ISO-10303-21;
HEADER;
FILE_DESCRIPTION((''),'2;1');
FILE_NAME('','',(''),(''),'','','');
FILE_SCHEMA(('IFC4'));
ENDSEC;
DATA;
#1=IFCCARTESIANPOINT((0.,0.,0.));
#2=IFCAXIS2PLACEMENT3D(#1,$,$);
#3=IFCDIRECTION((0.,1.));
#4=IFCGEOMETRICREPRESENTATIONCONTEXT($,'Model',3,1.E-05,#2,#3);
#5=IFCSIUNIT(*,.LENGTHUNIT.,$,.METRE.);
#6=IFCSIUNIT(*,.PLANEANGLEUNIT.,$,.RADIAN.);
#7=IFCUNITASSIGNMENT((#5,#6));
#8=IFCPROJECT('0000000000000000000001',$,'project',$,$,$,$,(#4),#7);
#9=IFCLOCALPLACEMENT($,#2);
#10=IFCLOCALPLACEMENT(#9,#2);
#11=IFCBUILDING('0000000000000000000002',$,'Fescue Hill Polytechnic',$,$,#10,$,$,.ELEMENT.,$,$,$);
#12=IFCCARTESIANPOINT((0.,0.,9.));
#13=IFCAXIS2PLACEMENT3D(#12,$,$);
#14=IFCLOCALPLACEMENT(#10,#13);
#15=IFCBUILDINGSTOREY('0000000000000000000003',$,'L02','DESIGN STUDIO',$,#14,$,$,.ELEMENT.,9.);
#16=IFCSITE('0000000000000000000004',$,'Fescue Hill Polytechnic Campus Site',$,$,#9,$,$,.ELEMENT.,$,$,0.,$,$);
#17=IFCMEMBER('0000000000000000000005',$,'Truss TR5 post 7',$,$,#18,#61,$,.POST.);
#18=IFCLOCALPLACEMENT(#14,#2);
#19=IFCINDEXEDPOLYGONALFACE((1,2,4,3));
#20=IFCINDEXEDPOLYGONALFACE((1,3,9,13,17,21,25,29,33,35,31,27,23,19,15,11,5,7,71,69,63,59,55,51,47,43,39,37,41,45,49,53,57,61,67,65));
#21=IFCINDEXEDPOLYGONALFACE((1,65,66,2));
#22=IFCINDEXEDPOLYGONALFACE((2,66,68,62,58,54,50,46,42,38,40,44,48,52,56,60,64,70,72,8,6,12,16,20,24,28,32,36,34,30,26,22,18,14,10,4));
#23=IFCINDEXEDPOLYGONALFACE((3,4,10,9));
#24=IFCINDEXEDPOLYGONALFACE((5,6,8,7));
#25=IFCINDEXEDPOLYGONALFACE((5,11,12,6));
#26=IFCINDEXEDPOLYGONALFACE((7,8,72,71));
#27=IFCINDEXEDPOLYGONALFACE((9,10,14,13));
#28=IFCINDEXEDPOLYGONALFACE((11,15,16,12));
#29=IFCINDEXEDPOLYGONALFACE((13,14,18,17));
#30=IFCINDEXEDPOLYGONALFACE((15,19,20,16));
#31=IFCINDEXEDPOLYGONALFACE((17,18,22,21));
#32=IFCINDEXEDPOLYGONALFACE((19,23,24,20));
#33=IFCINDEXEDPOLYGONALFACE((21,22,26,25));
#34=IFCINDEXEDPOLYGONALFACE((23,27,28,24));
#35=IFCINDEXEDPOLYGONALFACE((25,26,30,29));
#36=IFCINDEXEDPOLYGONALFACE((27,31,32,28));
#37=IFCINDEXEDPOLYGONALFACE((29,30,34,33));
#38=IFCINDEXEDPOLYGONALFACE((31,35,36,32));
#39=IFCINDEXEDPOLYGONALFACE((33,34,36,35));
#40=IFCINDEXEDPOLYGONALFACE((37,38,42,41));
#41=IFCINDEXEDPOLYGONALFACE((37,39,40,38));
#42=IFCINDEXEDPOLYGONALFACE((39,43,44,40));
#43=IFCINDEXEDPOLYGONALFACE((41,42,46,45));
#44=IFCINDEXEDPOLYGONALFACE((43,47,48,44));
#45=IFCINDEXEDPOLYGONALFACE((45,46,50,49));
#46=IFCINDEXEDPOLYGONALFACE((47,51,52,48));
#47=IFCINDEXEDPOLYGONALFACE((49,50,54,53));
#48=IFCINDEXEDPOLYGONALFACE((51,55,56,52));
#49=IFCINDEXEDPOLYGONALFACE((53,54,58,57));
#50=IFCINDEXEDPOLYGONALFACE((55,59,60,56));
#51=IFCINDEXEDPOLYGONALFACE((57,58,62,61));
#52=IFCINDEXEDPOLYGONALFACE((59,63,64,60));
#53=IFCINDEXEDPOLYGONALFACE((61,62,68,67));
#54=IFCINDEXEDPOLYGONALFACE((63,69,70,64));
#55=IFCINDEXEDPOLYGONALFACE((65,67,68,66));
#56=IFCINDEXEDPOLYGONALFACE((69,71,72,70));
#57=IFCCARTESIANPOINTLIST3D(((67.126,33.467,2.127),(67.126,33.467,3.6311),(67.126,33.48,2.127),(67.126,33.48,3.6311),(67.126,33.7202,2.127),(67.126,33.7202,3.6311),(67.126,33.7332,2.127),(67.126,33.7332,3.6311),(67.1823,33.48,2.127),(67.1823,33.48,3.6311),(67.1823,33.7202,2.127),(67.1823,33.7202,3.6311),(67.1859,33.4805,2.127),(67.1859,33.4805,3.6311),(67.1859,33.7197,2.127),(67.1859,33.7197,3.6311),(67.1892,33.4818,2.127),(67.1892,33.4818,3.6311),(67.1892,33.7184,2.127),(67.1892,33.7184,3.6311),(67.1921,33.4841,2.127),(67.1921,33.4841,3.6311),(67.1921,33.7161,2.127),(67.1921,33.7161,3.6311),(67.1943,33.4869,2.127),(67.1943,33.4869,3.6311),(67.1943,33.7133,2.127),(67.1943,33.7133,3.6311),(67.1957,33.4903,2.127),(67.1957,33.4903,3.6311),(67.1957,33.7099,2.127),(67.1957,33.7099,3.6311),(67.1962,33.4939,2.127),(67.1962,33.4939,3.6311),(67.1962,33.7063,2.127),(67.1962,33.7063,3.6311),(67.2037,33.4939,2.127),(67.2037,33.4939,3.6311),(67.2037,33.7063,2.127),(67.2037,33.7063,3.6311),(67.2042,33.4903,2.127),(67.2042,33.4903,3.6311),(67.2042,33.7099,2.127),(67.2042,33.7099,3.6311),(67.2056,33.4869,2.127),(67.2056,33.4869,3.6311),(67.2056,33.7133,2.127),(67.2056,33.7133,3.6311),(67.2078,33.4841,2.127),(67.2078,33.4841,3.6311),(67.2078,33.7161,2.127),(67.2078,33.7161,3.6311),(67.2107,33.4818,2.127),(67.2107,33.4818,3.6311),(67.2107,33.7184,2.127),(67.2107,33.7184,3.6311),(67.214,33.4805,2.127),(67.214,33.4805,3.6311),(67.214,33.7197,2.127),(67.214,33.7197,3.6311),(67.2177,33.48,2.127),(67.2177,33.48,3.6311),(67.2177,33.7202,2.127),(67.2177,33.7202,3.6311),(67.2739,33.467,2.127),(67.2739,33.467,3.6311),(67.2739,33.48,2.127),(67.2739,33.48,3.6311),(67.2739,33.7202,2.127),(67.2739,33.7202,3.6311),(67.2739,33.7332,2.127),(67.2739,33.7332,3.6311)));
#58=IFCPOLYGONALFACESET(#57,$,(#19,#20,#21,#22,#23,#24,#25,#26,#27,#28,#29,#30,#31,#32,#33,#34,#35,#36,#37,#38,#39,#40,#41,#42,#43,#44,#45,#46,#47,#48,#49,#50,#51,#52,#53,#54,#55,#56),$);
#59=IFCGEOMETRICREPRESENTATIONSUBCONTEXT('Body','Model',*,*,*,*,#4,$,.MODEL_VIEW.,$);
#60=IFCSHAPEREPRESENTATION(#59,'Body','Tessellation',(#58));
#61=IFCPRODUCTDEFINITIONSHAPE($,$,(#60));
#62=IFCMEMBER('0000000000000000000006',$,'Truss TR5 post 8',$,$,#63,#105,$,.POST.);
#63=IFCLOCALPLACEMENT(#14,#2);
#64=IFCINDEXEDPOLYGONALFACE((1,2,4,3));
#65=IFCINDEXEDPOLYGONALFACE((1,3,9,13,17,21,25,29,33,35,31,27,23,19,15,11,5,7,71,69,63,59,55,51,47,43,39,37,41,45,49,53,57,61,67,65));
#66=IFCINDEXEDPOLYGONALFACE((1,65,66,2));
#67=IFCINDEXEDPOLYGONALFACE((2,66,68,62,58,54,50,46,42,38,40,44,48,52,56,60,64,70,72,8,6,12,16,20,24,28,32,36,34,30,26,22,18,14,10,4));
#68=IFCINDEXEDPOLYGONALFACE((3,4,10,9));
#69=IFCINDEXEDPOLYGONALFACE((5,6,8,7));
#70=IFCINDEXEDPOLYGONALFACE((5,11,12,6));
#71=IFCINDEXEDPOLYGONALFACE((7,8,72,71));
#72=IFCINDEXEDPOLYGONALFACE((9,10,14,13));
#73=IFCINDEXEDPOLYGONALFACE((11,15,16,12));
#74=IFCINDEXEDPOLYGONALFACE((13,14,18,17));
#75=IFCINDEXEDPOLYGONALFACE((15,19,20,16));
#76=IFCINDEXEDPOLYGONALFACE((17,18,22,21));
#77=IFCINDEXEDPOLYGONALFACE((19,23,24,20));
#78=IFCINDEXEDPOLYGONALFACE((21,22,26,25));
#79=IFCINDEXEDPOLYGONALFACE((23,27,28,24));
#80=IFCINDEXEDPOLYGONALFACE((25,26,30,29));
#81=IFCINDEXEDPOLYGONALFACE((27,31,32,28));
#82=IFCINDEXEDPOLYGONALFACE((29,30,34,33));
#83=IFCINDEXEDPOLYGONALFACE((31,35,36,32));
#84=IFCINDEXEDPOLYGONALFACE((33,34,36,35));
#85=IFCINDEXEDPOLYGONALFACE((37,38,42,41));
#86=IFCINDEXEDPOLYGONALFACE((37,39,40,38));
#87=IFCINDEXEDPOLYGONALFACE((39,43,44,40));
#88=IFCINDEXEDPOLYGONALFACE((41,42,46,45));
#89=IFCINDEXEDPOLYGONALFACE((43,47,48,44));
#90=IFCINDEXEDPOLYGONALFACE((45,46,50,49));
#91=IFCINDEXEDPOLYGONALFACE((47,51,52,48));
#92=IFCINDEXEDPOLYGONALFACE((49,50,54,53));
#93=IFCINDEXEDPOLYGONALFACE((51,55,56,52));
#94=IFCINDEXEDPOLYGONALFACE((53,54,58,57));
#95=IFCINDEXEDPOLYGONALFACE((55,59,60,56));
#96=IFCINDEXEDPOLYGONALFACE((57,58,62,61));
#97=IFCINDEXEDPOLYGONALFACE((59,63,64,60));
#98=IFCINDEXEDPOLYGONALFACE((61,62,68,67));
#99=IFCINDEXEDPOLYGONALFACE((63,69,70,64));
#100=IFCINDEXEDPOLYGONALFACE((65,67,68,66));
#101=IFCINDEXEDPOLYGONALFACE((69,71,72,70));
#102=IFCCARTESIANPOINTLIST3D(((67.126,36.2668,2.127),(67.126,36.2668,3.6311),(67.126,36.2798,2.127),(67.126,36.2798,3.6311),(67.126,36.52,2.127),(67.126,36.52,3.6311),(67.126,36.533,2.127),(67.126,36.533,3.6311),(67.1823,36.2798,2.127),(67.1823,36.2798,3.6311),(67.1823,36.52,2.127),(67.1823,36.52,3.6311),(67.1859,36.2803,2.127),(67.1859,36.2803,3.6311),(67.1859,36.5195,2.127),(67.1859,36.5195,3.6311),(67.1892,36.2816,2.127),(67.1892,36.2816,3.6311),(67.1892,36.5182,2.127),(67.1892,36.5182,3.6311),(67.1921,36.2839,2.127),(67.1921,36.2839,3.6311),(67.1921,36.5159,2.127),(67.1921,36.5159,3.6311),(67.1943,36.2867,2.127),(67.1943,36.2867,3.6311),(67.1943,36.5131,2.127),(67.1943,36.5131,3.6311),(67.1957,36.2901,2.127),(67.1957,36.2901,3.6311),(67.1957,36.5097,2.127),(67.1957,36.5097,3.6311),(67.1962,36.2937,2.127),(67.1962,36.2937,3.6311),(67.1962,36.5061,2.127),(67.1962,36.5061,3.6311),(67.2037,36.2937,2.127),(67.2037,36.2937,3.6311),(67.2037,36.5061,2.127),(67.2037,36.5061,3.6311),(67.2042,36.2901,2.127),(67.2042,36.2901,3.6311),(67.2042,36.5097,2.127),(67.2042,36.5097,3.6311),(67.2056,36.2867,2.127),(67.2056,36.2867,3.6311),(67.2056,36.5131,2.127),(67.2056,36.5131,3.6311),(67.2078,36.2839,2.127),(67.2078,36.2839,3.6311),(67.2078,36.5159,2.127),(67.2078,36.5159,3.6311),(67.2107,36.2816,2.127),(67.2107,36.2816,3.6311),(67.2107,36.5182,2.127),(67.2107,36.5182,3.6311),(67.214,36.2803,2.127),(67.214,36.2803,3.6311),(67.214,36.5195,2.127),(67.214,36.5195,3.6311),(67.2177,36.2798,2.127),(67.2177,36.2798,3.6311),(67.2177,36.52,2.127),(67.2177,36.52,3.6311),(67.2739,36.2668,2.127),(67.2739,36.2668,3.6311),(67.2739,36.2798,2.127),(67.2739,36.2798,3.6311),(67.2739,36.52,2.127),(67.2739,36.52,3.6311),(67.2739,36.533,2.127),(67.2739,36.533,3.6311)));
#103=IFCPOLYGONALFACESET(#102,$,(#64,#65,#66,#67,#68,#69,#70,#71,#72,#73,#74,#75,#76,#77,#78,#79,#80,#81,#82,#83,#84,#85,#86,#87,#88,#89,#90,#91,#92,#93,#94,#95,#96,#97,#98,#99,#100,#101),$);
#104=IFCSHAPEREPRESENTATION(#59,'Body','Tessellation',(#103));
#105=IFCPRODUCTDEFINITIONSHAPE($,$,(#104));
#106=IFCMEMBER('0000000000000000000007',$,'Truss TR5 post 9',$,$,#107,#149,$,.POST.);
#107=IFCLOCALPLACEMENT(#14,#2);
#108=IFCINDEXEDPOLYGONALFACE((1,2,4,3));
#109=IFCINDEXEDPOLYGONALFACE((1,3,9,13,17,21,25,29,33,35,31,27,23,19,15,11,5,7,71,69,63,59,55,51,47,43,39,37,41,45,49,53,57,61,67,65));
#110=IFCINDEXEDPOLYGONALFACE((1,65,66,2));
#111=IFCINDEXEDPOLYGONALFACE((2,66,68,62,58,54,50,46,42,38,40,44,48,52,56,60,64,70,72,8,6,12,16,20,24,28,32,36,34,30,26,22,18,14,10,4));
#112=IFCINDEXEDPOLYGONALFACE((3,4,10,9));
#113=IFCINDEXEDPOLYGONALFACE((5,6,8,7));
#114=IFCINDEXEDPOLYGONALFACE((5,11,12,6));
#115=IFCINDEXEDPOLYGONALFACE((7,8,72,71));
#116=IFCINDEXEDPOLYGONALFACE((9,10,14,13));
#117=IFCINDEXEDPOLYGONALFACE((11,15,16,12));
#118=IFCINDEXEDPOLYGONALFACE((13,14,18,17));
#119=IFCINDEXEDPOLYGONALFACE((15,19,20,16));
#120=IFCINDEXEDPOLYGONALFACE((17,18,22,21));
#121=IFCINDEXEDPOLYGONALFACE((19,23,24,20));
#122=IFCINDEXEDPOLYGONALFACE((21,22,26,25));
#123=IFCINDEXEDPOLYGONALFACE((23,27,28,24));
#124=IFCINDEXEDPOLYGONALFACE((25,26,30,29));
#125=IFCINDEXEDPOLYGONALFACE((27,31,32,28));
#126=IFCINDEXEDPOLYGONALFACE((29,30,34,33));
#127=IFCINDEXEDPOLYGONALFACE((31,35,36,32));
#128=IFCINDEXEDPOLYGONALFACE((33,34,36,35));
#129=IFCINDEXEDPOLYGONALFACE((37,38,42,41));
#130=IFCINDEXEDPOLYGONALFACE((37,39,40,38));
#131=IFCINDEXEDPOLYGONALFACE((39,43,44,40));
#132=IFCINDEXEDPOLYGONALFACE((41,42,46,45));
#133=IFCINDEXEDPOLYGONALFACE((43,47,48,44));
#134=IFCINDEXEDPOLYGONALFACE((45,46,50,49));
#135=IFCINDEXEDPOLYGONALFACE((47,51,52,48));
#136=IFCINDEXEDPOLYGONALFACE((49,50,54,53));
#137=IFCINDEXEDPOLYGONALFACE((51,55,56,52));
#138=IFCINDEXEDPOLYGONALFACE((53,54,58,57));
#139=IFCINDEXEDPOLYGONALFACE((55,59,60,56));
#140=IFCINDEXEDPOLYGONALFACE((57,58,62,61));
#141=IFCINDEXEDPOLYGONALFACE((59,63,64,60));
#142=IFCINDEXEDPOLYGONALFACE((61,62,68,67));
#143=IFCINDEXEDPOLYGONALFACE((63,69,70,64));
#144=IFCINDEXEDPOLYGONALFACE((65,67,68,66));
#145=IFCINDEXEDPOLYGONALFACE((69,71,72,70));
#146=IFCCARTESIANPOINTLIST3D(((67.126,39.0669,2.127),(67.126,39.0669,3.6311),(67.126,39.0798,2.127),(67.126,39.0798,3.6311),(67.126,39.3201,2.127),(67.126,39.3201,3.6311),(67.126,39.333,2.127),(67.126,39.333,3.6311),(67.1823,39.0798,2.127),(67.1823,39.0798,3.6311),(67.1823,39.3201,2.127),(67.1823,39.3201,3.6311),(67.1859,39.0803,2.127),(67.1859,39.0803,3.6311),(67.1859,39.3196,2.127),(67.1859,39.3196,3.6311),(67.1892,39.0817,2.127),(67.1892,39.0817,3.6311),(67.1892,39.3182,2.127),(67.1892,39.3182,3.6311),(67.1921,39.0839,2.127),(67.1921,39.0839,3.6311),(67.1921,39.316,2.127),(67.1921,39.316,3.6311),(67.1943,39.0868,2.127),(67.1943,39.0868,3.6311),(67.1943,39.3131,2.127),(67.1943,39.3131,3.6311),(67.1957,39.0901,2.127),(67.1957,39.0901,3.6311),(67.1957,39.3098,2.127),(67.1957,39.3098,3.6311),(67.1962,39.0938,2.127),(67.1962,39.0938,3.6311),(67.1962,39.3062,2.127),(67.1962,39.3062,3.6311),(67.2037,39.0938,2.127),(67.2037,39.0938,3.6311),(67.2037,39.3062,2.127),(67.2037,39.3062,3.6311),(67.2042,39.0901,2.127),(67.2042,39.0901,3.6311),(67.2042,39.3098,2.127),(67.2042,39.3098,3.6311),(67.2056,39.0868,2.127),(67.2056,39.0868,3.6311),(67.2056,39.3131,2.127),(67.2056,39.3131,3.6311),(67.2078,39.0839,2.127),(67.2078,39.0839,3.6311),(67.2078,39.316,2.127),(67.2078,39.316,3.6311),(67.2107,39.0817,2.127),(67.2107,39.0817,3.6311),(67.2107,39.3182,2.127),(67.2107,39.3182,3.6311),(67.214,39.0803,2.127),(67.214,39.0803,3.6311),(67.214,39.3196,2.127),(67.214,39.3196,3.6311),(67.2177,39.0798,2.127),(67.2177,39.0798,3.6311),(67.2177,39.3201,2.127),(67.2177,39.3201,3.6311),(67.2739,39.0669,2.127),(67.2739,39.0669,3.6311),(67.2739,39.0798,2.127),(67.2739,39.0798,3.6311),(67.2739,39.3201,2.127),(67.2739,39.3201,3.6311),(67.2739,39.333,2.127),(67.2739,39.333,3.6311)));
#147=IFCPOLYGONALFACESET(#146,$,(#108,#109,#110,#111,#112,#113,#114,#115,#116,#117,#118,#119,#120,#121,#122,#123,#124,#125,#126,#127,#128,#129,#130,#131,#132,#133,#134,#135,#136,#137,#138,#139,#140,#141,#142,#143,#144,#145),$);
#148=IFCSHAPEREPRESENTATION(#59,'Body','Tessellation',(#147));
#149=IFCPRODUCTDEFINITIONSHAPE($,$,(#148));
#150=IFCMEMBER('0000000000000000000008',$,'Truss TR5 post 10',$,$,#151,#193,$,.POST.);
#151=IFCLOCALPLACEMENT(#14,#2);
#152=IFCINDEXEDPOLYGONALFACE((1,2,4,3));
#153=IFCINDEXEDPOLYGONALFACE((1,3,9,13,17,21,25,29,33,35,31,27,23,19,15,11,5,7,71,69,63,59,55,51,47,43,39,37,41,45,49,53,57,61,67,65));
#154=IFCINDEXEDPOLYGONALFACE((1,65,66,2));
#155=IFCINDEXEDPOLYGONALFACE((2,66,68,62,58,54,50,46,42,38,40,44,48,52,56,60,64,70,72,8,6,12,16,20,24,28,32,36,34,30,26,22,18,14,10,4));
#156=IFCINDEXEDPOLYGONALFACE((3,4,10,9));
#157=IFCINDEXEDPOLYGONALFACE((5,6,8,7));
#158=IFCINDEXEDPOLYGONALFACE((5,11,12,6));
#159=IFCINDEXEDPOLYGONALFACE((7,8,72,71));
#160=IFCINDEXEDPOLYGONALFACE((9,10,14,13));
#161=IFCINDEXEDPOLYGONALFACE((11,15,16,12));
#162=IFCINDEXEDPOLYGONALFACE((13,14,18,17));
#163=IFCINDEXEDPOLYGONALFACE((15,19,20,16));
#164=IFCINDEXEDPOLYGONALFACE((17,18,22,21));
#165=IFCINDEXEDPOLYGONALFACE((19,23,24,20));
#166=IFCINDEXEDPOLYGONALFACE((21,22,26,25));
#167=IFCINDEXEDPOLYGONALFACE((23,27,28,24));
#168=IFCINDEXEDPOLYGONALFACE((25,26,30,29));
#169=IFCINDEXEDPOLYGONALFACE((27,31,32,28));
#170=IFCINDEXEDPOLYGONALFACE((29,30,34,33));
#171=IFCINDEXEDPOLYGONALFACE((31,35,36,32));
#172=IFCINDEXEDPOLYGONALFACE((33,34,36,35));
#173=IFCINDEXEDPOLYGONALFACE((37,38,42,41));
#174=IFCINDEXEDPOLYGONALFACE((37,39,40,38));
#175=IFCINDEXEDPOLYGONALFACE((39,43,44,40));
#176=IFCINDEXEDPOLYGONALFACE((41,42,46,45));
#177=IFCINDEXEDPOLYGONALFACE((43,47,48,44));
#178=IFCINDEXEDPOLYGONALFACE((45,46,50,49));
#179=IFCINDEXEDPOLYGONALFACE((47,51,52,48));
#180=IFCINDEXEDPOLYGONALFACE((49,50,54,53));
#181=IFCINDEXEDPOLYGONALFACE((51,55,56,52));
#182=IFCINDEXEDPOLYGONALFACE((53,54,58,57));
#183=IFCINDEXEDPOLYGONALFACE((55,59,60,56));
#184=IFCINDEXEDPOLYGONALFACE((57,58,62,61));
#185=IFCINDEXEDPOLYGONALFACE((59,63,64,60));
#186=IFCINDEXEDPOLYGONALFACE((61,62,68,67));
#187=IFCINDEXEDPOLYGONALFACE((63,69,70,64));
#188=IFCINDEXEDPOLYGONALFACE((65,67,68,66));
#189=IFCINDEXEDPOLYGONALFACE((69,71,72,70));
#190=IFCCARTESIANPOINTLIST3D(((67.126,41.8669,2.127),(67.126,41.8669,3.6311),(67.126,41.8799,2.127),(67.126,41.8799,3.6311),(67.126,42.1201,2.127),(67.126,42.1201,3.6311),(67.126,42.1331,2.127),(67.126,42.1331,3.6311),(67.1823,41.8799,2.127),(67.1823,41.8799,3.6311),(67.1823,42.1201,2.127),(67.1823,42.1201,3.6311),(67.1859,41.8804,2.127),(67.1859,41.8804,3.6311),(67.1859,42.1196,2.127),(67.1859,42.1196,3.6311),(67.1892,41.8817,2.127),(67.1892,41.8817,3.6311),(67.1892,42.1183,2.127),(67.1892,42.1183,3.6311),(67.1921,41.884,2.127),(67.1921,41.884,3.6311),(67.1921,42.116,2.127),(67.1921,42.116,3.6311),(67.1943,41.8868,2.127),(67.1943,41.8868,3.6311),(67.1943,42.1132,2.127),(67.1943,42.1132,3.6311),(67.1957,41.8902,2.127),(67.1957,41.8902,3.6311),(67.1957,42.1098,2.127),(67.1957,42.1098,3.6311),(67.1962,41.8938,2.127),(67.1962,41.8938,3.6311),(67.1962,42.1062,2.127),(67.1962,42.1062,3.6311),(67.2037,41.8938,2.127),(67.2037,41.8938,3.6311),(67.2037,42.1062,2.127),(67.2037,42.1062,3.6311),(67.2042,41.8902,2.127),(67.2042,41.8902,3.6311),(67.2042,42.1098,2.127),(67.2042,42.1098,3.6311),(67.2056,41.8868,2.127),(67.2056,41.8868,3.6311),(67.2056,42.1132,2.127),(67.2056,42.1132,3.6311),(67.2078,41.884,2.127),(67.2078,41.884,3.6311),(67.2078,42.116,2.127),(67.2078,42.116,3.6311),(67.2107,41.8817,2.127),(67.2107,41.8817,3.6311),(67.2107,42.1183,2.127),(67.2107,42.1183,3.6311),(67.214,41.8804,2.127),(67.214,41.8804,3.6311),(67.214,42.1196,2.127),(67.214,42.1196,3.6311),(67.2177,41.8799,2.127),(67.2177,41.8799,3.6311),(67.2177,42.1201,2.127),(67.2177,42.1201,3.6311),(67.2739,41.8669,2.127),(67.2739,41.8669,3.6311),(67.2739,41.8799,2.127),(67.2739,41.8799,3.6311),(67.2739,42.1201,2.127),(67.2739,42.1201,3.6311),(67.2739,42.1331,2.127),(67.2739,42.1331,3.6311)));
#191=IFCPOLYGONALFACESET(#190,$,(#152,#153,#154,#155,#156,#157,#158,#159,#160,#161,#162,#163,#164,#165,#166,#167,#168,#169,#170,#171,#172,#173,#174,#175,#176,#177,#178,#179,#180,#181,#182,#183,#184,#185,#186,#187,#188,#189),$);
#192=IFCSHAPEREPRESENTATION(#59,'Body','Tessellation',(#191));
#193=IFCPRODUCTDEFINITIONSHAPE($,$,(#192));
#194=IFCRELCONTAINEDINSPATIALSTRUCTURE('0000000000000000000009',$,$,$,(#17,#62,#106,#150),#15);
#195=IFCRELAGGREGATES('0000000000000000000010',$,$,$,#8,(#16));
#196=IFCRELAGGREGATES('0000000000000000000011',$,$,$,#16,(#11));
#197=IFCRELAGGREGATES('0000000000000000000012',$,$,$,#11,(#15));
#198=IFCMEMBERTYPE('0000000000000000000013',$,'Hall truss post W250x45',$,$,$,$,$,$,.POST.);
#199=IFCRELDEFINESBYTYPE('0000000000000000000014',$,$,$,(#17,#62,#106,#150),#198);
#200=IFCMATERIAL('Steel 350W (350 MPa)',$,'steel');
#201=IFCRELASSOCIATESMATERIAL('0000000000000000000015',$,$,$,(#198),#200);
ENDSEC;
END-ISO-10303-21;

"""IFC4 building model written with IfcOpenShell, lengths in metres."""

from ifc_helpers import new_model, si_unit, direction, frame, origin, origin_2d, place, context, subcontext, project, spatial, i_section, extrude, material, material_profile, profile_set, type_object, element, save


model = new_model("IFC4")

# Units and contexts
model_context = context("Model", 3, precision=1e-05, world=origin(), true_north=direction((0.0, 1.0)))
body_context = subcontext(model_context, "Body", "Model", "MODEL_VIEW")
ifc_project = project(units=[si_unit("LENGTHUNIT", "METRE"), si_unit("PLANEANGLEUNIT", "RADIAN")], contexts=[model_context])

# Site, building, storey
site_placement = place(None, origin())
site = spatial("IfcSite", under=ifc_project, at=site_placement, Name="Fescue Hill Polytechnic Campus Site", CompositionType="ELEMENT", RefElevation=0.0)
building_placement = place(site_placement, origin())
building = spatial("IfcBuilding", under=site, at=building_placement, Name="Fescue Hill Polytechnic", CompositionType="ELEMENT")
storey_placement = place(building_placement, frame((0.0, 0.0, 9.0)))
storey = spatial("IfcBuildingStorey", under=building, at=storey_placement, Name="L02", Description="DESIGN STUDIO", CompositionType="ELEMENT", Elevation=9.0)

# Members
ifc_material = material(Name="Steel 350W (350 MPa)", Category="steel")
ifc_material_profile_1 = material_profile(ifc_material, i_section(OverallWidth=0.1479, OverallDepth=0.2661, WebThickness=0.0076, FlangeThickness=0.0129, FilletRadius=0.0139, at=origin_2d()), Name="W250x45")
ifc_profile_set_1 = profile_set([ifc_material_profile_1], Name="Steel 350W (350 MPa)")
member_type_1 = type_object("IfcMemberType", Name="Hall truss post W250x45", PredefinedType="POST", material=ifc_profile_set_1)
for number, where, z_axis, x_axis, name in (
    (1, (67.2, 33.6001, 2.127), (0.0, 0.0, 1.0), (1.0, 0.0, 0.0), "Truss TR5 post 7"),
    (2, (67.2, 36.3999, 2.127), (0.0, 0.0, 1.0), (1.0, 0.0, 0.0), "Truss TR5 post 8"),
    (3, (67.2, 39.2, 2.127), (0.0, 0.0, 1.0), (1.0, 0.0, 0.0), "Truss TR5 post 9"),
    (4, (67.2, 42.0, 2.127), (0.0, 0.0, 1.0), (1.0, 0.0, 0.0), "Truss TR5 post 10"),
):
    element("IfcMember", number, at=place(storey_placement, frame(where, z_axis=z_axis, x_axis=x_axis)), inside=storey, type_object=member_type_1, Name=name, PredefinedType="POST", context=body_context, shape_type="SweptSolid", body=[
        extrude(i_section(OverallWidth=0.1479, OverallDepth=0.2661, WebThickness=0.0076, FlangeThickness=0.0129, FilletRadius=0.0139, at=origin_2d()), origin(), (0.0, 0.0, 1.0), 1.5042),
    ])

save(model, "model.ifc")
